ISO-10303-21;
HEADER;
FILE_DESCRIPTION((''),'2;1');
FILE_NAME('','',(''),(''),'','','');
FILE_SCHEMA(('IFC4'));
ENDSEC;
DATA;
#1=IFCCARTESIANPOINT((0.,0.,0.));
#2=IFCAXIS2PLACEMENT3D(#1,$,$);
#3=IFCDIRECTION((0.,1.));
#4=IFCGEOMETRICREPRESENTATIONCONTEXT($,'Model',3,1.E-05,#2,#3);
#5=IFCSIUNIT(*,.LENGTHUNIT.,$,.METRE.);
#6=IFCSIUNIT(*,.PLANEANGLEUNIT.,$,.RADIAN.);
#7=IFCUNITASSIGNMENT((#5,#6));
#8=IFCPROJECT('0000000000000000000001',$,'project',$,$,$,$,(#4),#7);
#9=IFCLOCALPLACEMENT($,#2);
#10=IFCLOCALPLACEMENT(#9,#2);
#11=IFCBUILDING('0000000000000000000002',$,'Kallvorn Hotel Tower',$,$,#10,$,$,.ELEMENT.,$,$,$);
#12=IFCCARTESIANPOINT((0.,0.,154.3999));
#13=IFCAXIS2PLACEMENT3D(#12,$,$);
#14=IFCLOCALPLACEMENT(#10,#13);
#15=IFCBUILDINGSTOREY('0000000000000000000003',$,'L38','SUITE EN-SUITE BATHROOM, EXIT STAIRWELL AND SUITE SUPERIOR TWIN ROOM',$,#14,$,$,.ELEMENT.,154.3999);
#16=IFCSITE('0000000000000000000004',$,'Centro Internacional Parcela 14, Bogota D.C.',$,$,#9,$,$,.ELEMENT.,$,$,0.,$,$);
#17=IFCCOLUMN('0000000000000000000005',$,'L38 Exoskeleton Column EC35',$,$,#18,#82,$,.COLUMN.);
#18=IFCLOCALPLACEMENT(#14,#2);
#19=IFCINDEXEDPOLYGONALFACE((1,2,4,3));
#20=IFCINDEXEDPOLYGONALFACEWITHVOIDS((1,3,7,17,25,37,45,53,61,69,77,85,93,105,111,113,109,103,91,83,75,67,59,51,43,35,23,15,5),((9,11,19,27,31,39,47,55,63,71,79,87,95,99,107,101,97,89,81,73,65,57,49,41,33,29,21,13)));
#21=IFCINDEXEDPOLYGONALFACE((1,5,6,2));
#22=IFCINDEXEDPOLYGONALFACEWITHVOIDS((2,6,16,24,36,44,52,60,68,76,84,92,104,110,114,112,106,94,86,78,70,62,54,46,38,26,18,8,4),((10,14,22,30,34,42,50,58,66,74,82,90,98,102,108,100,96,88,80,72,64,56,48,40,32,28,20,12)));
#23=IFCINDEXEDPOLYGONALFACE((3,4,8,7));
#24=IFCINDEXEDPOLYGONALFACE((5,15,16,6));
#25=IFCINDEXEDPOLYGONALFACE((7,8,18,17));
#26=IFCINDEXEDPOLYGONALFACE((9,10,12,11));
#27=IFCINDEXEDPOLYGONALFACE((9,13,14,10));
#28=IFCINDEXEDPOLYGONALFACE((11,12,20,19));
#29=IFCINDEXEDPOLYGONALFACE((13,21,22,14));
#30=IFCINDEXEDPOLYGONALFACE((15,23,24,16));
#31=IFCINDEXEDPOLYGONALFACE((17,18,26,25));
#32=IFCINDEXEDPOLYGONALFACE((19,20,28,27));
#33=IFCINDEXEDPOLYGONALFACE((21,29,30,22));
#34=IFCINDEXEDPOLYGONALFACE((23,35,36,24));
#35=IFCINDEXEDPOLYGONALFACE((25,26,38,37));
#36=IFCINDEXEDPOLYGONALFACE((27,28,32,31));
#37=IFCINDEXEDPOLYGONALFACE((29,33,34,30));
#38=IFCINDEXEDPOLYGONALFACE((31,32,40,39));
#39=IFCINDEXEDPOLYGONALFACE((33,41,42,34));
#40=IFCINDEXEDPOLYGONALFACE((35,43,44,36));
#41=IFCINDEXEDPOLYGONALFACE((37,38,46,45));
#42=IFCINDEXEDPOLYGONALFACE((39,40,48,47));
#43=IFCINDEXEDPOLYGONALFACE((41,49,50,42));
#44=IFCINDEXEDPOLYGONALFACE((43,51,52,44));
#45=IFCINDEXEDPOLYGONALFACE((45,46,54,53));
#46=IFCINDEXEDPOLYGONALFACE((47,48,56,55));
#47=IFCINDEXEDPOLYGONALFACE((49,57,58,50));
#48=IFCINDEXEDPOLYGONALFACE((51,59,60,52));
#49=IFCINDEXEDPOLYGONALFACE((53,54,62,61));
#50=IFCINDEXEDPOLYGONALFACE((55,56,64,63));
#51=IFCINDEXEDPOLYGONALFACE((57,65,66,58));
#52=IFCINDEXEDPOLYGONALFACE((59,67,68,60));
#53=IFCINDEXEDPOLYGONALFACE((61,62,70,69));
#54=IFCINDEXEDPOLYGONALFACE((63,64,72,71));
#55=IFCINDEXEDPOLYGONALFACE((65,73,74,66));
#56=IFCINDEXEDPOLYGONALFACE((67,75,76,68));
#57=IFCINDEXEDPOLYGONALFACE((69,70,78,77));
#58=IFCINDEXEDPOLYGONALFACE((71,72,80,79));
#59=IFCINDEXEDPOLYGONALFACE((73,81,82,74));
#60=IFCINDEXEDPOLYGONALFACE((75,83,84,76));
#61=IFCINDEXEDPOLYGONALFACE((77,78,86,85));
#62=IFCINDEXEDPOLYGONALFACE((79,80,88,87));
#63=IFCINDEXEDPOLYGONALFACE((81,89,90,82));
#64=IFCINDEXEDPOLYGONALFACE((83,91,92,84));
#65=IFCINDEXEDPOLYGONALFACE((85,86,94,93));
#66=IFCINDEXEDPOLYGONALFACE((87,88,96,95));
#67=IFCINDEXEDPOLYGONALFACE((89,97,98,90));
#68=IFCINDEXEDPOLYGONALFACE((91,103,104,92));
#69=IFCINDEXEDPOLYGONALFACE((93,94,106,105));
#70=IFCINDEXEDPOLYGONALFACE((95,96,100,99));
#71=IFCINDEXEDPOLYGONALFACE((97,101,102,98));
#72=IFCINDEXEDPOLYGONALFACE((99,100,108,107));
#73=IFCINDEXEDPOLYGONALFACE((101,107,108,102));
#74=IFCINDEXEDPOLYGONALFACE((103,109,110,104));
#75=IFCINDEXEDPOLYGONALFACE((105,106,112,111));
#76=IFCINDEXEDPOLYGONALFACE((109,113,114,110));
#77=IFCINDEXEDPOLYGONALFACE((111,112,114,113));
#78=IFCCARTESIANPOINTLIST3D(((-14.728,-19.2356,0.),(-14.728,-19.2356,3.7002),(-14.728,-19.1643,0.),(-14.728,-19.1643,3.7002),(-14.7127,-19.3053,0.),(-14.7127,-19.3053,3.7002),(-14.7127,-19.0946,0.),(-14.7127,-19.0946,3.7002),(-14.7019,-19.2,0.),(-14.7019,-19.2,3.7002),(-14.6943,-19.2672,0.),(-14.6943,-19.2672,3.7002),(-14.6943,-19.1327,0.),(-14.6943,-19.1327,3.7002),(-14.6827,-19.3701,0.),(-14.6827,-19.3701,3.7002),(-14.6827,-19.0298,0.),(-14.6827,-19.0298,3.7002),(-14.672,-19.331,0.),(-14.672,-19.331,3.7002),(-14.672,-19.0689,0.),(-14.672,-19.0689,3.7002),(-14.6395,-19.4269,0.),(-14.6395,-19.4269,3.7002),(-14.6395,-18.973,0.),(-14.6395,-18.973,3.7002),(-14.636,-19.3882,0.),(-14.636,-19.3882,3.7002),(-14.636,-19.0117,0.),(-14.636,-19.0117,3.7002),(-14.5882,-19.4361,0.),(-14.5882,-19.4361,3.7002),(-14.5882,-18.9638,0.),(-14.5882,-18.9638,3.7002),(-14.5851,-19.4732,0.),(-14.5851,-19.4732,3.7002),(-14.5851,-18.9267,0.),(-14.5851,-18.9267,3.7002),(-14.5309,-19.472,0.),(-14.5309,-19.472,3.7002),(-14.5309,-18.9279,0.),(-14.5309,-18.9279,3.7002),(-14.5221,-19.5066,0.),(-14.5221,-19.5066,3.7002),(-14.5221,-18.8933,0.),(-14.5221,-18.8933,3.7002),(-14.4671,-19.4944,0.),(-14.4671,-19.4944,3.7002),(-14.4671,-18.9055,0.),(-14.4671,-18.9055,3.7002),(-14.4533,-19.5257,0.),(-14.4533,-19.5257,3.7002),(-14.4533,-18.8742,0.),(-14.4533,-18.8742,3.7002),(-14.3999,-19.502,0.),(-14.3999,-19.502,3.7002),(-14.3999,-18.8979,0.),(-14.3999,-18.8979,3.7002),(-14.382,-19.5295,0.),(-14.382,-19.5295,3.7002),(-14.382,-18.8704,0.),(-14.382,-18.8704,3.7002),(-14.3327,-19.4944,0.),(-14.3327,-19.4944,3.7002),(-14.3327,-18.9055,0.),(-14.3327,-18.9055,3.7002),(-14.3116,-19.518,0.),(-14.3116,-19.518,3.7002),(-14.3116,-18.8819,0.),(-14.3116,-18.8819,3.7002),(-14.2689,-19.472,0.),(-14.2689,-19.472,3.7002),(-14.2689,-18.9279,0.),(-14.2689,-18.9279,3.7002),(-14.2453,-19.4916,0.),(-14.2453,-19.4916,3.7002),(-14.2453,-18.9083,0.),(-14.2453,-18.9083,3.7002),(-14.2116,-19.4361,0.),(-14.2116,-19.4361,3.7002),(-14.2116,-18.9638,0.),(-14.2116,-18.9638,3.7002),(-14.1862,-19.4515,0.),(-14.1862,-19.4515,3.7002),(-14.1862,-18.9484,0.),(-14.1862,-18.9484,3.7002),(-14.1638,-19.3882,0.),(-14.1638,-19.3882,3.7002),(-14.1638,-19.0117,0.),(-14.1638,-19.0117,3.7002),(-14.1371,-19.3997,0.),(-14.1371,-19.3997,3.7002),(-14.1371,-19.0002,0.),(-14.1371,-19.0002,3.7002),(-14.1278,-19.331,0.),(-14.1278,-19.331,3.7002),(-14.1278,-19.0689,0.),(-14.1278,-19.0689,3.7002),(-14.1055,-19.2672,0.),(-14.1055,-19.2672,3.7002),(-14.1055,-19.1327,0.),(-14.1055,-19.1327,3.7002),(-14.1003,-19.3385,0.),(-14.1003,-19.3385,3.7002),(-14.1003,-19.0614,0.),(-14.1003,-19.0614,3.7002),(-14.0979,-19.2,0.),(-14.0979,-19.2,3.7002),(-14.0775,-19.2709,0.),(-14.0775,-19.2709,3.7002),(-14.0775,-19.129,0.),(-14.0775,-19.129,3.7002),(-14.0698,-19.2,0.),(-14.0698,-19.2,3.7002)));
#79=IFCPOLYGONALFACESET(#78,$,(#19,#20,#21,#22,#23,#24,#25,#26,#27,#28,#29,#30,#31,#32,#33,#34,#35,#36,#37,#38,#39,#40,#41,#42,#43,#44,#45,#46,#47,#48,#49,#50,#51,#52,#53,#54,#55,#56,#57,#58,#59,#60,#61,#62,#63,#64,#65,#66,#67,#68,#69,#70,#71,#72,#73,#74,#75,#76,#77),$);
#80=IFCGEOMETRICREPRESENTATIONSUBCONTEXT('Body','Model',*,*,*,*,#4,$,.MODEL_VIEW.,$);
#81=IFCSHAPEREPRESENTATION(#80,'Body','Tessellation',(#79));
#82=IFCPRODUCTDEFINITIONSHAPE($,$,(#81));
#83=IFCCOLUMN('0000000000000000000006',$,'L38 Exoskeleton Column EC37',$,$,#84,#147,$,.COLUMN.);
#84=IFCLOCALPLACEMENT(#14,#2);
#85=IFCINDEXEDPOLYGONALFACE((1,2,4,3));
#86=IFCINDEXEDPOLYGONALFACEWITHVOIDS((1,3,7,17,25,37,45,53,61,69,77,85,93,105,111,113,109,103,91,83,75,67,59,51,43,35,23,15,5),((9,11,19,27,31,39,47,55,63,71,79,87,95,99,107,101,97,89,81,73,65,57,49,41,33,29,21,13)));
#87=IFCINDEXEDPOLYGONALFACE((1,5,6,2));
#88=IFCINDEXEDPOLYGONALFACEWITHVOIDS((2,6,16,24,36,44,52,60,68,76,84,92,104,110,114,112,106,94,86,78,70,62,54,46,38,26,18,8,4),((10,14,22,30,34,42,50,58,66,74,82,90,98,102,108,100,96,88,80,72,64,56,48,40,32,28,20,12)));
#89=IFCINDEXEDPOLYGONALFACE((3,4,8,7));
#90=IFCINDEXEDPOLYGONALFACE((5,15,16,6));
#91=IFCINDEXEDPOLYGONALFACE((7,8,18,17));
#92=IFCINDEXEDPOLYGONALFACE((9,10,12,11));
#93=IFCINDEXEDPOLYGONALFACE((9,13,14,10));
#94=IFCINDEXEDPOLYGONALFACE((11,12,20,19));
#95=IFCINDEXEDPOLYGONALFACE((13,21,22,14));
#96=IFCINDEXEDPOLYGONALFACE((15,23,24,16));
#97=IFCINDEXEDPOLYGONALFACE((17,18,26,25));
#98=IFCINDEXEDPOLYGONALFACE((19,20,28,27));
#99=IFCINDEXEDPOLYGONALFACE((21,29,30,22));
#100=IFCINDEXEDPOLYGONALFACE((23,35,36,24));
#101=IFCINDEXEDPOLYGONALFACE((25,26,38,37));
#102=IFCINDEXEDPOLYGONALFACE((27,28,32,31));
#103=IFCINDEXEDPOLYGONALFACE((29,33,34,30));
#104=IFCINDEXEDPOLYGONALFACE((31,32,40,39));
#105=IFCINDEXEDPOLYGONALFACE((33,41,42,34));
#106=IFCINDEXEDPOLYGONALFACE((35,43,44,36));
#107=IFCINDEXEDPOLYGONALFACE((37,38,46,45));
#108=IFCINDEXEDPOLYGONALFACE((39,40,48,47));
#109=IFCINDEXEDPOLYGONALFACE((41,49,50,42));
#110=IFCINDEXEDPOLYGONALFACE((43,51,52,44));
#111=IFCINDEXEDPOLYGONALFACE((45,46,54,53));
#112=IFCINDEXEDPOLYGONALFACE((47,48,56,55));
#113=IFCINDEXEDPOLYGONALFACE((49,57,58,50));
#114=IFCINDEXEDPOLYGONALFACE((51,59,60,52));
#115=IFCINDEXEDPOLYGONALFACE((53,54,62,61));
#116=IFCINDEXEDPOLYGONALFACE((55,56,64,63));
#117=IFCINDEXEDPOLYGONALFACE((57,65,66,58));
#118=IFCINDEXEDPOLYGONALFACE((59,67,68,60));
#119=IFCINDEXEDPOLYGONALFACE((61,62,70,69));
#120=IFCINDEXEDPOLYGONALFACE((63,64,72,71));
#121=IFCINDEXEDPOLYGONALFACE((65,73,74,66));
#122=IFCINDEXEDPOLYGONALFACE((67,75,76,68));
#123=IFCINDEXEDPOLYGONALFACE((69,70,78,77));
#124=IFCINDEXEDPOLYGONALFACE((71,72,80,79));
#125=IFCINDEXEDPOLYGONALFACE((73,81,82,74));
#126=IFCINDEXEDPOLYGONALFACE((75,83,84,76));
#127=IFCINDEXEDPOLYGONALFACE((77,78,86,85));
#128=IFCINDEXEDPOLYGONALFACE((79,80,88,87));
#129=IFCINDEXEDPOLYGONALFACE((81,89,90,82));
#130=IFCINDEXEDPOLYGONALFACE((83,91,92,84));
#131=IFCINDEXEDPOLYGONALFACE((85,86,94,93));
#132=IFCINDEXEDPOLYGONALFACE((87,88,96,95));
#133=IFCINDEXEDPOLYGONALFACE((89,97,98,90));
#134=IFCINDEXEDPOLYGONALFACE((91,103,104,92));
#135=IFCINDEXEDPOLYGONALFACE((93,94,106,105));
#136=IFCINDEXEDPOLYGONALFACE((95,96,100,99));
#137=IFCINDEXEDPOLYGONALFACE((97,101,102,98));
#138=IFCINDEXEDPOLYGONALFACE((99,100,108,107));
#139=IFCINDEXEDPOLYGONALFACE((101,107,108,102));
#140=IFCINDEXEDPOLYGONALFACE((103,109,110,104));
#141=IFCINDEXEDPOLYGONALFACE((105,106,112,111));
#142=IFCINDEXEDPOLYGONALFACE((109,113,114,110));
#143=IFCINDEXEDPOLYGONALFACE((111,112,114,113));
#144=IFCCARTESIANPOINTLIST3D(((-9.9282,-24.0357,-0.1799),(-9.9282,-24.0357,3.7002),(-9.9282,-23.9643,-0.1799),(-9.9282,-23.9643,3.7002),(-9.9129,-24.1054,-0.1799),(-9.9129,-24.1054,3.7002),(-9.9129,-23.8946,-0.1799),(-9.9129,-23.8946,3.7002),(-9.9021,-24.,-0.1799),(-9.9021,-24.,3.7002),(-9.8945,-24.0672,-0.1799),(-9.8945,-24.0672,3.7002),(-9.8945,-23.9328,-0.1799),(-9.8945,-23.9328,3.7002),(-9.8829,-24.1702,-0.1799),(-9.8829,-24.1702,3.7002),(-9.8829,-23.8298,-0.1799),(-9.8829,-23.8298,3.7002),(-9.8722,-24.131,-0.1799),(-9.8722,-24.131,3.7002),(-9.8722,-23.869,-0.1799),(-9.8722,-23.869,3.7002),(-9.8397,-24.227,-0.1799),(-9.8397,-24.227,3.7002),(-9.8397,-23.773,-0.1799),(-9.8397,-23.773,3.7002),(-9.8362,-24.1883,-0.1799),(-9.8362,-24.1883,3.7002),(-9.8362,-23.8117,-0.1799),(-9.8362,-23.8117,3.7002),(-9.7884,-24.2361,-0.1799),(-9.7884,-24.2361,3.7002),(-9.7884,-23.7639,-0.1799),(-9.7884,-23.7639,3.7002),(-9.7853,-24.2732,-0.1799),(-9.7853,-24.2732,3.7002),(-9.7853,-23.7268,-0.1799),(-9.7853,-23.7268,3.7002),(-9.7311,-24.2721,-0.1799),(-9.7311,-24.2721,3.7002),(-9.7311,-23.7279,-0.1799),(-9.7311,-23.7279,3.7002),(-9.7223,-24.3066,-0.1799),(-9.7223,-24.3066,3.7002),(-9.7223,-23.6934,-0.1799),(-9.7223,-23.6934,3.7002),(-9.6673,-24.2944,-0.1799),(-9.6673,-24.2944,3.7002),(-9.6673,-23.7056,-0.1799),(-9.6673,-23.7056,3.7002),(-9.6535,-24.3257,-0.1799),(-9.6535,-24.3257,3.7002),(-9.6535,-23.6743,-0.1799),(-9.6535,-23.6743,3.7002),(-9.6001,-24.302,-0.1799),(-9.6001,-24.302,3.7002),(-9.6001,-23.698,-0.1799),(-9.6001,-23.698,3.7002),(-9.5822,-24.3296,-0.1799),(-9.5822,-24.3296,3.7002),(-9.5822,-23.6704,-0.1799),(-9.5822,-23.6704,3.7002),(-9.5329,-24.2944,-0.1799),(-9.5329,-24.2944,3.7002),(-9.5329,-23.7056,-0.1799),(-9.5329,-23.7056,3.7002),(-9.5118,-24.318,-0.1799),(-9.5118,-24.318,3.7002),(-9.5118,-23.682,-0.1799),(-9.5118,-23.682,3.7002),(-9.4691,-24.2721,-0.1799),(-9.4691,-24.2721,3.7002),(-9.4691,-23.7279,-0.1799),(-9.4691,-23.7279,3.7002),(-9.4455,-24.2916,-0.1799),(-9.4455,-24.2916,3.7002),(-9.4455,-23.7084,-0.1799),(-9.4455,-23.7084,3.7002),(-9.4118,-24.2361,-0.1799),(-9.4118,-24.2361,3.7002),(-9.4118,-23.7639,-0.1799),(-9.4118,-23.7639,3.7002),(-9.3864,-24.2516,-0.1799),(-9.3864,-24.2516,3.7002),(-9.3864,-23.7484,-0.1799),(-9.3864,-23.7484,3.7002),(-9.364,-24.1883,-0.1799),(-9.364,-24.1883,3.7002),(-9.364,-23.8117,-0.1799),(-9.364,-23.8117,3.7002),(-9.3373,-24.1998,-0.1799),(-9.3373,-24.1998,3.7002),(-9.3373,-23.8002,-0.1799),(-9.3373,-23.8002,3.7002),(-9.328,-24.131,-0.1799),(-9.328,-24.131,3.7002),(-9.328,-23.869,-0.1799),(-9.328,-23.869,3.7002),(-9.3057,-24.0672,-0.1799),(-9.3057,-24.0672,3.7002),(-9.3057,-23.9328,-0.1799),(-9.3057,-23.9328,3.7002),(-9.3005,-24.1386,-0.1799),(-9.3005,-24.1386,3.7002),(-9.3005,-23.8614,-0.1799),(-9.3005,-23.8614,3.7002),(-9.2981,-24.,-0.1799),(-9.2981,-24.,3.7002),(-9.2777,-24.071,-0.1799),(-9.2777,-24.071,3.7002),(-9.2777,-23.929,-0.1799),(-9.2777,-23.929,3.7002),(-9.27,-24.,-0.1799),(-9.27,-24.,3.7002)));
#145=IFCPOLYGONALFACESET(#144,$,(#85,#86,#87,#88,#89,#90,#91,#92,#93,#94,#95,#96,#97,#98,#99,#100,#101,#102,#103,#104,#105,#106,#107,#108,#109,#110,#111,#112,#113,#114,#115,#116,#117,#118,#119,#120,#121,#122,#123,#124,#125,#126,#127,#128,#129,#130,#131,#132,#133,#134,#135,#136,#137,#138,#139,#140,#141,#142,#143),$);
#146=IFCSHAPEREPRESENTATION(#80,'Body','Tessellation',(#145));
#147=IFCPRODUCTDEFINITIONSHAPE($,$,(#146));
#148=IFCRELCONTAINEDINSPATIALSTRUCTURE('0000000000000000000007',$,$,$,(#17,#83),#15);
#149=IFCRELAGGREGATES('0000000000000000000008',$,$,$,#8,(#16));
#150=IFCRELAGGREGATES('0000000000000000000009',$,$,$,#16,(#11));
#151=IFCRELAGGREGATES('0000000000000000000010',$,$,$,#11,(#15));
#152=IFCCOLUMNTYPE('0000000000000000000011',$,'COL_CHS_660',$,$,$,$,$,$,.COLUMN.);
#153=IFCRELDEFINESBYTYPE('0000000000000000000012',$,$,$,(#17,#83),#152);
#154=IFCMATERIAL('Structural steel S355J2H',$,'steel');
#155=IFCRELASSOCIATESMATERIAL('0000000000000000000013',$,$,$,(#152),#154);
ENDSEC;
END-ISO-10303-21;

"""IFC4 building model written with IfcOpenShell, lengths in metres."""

from ifc_helpers import new_model, si_unit, direction, frame, origin, origin_2d, place, context, subcontext, project, spatial, hollow_circle, extrude, material, material_profile, profile_set, type_object, element, save


model = new_model("IFC4")

# Units and contexts
model_context = context("Model", 3, precision=1e-05, world=origin(), true_north=direction((0.0, 1.0)))
body_context = subcontext(model_context, "Body", "Model", "MODEL_VIEW")
ifc_project = project(units=[si_unit("LENGTHUNIT", "METRE"), si_unit("PLANEANGLEUNIT", "RADIAN")], contexts=[model_context])

# Site, building, storey
site_placement = place(None, origin())
site = spatial("IfcSite", under=ifc_project, at=site_placement, Name="Centro Internacional Parcela 14, Bogota D.C.", CompositionType="ELEMENT", RefElevation=0.0)
building_placement = place(site_placement, origin())
building = spatial("IfcBuilding", under=site, at=building_placement, Name="Kallvorn Hotel Tower", CompositionType="ELEMENT")
storey_placement = place(building_placement, frame((0.0, 0.0, 154.3999)))
storey = spatial("IfcBuildingStorey", under=building, at=storey_placement, Name="L38", Description="SUITE EN-SUITE BATHROOM, EXIT STAIRWELL AND SUITE SUPERIOR TWIN ROOM", CompositionType="ELEMENT", Elevation=154.3999)

# Columns
ifc_material_1 = material(Name="Structural steel S355J2H", Category="steel")
ifc_material_profile_1 = material_profile(ifc_material_1, hollow_circle(Radius=0.3301, WallThickness=0.0281, at=origin_2d()), Name="CHS 660x28")
ifc_profile_set_1 = profile_set([ifc_material_profile_1], Name="Structural steel S355J2H")
column_type = type_object("IfcColumnType", Name="COL_CHS_660", PredefinedType="COLUMN", material=ifc_profile_set_1)
column_1_placement = place(storey_placement, frame((-14.3999, -19.2, 0.0), z_axis=(0.0, 0.0, 1.0), x_axis=(1.0, 0.0, 0.0)))
element("IfcColumn", 1, at=column_1_placement, inside=storey, type_object=column_type, Name="L38 Exoskeleton Column EC35", PredefinedType="COLUMN", context=body_context, shape_type="SweptSolid", body=[
    extrude(hollow_circle(Radius=0.3301, WallThickness=0.0281, at=origin_2d()), origin(), (0.0, 0.0, 1.0), 3.7002),
])
column_2_placement = place(storey_placement, frame((-9.6001, -24.0, -0.1799), z_axis=(0.0, 0.0, 1.0), x_axis=(1.0, 0.0, 0.0)))
element("IfcColumn", 2, at=column_2_placement, inside=storey, type_object=column_type, Name="L38 Exoskeleton Column EC37", PredefinedType="COLUMN", context=body_context, shape_type="SweptSolid", body=[
    extrude(hollow_circle(Radius=0.3301, WallThickness=0.0281, at=origin_2d()), origin(), (0.0, 0.0, 1.0), 3.8801),
])

save(model, "model.ifc")
